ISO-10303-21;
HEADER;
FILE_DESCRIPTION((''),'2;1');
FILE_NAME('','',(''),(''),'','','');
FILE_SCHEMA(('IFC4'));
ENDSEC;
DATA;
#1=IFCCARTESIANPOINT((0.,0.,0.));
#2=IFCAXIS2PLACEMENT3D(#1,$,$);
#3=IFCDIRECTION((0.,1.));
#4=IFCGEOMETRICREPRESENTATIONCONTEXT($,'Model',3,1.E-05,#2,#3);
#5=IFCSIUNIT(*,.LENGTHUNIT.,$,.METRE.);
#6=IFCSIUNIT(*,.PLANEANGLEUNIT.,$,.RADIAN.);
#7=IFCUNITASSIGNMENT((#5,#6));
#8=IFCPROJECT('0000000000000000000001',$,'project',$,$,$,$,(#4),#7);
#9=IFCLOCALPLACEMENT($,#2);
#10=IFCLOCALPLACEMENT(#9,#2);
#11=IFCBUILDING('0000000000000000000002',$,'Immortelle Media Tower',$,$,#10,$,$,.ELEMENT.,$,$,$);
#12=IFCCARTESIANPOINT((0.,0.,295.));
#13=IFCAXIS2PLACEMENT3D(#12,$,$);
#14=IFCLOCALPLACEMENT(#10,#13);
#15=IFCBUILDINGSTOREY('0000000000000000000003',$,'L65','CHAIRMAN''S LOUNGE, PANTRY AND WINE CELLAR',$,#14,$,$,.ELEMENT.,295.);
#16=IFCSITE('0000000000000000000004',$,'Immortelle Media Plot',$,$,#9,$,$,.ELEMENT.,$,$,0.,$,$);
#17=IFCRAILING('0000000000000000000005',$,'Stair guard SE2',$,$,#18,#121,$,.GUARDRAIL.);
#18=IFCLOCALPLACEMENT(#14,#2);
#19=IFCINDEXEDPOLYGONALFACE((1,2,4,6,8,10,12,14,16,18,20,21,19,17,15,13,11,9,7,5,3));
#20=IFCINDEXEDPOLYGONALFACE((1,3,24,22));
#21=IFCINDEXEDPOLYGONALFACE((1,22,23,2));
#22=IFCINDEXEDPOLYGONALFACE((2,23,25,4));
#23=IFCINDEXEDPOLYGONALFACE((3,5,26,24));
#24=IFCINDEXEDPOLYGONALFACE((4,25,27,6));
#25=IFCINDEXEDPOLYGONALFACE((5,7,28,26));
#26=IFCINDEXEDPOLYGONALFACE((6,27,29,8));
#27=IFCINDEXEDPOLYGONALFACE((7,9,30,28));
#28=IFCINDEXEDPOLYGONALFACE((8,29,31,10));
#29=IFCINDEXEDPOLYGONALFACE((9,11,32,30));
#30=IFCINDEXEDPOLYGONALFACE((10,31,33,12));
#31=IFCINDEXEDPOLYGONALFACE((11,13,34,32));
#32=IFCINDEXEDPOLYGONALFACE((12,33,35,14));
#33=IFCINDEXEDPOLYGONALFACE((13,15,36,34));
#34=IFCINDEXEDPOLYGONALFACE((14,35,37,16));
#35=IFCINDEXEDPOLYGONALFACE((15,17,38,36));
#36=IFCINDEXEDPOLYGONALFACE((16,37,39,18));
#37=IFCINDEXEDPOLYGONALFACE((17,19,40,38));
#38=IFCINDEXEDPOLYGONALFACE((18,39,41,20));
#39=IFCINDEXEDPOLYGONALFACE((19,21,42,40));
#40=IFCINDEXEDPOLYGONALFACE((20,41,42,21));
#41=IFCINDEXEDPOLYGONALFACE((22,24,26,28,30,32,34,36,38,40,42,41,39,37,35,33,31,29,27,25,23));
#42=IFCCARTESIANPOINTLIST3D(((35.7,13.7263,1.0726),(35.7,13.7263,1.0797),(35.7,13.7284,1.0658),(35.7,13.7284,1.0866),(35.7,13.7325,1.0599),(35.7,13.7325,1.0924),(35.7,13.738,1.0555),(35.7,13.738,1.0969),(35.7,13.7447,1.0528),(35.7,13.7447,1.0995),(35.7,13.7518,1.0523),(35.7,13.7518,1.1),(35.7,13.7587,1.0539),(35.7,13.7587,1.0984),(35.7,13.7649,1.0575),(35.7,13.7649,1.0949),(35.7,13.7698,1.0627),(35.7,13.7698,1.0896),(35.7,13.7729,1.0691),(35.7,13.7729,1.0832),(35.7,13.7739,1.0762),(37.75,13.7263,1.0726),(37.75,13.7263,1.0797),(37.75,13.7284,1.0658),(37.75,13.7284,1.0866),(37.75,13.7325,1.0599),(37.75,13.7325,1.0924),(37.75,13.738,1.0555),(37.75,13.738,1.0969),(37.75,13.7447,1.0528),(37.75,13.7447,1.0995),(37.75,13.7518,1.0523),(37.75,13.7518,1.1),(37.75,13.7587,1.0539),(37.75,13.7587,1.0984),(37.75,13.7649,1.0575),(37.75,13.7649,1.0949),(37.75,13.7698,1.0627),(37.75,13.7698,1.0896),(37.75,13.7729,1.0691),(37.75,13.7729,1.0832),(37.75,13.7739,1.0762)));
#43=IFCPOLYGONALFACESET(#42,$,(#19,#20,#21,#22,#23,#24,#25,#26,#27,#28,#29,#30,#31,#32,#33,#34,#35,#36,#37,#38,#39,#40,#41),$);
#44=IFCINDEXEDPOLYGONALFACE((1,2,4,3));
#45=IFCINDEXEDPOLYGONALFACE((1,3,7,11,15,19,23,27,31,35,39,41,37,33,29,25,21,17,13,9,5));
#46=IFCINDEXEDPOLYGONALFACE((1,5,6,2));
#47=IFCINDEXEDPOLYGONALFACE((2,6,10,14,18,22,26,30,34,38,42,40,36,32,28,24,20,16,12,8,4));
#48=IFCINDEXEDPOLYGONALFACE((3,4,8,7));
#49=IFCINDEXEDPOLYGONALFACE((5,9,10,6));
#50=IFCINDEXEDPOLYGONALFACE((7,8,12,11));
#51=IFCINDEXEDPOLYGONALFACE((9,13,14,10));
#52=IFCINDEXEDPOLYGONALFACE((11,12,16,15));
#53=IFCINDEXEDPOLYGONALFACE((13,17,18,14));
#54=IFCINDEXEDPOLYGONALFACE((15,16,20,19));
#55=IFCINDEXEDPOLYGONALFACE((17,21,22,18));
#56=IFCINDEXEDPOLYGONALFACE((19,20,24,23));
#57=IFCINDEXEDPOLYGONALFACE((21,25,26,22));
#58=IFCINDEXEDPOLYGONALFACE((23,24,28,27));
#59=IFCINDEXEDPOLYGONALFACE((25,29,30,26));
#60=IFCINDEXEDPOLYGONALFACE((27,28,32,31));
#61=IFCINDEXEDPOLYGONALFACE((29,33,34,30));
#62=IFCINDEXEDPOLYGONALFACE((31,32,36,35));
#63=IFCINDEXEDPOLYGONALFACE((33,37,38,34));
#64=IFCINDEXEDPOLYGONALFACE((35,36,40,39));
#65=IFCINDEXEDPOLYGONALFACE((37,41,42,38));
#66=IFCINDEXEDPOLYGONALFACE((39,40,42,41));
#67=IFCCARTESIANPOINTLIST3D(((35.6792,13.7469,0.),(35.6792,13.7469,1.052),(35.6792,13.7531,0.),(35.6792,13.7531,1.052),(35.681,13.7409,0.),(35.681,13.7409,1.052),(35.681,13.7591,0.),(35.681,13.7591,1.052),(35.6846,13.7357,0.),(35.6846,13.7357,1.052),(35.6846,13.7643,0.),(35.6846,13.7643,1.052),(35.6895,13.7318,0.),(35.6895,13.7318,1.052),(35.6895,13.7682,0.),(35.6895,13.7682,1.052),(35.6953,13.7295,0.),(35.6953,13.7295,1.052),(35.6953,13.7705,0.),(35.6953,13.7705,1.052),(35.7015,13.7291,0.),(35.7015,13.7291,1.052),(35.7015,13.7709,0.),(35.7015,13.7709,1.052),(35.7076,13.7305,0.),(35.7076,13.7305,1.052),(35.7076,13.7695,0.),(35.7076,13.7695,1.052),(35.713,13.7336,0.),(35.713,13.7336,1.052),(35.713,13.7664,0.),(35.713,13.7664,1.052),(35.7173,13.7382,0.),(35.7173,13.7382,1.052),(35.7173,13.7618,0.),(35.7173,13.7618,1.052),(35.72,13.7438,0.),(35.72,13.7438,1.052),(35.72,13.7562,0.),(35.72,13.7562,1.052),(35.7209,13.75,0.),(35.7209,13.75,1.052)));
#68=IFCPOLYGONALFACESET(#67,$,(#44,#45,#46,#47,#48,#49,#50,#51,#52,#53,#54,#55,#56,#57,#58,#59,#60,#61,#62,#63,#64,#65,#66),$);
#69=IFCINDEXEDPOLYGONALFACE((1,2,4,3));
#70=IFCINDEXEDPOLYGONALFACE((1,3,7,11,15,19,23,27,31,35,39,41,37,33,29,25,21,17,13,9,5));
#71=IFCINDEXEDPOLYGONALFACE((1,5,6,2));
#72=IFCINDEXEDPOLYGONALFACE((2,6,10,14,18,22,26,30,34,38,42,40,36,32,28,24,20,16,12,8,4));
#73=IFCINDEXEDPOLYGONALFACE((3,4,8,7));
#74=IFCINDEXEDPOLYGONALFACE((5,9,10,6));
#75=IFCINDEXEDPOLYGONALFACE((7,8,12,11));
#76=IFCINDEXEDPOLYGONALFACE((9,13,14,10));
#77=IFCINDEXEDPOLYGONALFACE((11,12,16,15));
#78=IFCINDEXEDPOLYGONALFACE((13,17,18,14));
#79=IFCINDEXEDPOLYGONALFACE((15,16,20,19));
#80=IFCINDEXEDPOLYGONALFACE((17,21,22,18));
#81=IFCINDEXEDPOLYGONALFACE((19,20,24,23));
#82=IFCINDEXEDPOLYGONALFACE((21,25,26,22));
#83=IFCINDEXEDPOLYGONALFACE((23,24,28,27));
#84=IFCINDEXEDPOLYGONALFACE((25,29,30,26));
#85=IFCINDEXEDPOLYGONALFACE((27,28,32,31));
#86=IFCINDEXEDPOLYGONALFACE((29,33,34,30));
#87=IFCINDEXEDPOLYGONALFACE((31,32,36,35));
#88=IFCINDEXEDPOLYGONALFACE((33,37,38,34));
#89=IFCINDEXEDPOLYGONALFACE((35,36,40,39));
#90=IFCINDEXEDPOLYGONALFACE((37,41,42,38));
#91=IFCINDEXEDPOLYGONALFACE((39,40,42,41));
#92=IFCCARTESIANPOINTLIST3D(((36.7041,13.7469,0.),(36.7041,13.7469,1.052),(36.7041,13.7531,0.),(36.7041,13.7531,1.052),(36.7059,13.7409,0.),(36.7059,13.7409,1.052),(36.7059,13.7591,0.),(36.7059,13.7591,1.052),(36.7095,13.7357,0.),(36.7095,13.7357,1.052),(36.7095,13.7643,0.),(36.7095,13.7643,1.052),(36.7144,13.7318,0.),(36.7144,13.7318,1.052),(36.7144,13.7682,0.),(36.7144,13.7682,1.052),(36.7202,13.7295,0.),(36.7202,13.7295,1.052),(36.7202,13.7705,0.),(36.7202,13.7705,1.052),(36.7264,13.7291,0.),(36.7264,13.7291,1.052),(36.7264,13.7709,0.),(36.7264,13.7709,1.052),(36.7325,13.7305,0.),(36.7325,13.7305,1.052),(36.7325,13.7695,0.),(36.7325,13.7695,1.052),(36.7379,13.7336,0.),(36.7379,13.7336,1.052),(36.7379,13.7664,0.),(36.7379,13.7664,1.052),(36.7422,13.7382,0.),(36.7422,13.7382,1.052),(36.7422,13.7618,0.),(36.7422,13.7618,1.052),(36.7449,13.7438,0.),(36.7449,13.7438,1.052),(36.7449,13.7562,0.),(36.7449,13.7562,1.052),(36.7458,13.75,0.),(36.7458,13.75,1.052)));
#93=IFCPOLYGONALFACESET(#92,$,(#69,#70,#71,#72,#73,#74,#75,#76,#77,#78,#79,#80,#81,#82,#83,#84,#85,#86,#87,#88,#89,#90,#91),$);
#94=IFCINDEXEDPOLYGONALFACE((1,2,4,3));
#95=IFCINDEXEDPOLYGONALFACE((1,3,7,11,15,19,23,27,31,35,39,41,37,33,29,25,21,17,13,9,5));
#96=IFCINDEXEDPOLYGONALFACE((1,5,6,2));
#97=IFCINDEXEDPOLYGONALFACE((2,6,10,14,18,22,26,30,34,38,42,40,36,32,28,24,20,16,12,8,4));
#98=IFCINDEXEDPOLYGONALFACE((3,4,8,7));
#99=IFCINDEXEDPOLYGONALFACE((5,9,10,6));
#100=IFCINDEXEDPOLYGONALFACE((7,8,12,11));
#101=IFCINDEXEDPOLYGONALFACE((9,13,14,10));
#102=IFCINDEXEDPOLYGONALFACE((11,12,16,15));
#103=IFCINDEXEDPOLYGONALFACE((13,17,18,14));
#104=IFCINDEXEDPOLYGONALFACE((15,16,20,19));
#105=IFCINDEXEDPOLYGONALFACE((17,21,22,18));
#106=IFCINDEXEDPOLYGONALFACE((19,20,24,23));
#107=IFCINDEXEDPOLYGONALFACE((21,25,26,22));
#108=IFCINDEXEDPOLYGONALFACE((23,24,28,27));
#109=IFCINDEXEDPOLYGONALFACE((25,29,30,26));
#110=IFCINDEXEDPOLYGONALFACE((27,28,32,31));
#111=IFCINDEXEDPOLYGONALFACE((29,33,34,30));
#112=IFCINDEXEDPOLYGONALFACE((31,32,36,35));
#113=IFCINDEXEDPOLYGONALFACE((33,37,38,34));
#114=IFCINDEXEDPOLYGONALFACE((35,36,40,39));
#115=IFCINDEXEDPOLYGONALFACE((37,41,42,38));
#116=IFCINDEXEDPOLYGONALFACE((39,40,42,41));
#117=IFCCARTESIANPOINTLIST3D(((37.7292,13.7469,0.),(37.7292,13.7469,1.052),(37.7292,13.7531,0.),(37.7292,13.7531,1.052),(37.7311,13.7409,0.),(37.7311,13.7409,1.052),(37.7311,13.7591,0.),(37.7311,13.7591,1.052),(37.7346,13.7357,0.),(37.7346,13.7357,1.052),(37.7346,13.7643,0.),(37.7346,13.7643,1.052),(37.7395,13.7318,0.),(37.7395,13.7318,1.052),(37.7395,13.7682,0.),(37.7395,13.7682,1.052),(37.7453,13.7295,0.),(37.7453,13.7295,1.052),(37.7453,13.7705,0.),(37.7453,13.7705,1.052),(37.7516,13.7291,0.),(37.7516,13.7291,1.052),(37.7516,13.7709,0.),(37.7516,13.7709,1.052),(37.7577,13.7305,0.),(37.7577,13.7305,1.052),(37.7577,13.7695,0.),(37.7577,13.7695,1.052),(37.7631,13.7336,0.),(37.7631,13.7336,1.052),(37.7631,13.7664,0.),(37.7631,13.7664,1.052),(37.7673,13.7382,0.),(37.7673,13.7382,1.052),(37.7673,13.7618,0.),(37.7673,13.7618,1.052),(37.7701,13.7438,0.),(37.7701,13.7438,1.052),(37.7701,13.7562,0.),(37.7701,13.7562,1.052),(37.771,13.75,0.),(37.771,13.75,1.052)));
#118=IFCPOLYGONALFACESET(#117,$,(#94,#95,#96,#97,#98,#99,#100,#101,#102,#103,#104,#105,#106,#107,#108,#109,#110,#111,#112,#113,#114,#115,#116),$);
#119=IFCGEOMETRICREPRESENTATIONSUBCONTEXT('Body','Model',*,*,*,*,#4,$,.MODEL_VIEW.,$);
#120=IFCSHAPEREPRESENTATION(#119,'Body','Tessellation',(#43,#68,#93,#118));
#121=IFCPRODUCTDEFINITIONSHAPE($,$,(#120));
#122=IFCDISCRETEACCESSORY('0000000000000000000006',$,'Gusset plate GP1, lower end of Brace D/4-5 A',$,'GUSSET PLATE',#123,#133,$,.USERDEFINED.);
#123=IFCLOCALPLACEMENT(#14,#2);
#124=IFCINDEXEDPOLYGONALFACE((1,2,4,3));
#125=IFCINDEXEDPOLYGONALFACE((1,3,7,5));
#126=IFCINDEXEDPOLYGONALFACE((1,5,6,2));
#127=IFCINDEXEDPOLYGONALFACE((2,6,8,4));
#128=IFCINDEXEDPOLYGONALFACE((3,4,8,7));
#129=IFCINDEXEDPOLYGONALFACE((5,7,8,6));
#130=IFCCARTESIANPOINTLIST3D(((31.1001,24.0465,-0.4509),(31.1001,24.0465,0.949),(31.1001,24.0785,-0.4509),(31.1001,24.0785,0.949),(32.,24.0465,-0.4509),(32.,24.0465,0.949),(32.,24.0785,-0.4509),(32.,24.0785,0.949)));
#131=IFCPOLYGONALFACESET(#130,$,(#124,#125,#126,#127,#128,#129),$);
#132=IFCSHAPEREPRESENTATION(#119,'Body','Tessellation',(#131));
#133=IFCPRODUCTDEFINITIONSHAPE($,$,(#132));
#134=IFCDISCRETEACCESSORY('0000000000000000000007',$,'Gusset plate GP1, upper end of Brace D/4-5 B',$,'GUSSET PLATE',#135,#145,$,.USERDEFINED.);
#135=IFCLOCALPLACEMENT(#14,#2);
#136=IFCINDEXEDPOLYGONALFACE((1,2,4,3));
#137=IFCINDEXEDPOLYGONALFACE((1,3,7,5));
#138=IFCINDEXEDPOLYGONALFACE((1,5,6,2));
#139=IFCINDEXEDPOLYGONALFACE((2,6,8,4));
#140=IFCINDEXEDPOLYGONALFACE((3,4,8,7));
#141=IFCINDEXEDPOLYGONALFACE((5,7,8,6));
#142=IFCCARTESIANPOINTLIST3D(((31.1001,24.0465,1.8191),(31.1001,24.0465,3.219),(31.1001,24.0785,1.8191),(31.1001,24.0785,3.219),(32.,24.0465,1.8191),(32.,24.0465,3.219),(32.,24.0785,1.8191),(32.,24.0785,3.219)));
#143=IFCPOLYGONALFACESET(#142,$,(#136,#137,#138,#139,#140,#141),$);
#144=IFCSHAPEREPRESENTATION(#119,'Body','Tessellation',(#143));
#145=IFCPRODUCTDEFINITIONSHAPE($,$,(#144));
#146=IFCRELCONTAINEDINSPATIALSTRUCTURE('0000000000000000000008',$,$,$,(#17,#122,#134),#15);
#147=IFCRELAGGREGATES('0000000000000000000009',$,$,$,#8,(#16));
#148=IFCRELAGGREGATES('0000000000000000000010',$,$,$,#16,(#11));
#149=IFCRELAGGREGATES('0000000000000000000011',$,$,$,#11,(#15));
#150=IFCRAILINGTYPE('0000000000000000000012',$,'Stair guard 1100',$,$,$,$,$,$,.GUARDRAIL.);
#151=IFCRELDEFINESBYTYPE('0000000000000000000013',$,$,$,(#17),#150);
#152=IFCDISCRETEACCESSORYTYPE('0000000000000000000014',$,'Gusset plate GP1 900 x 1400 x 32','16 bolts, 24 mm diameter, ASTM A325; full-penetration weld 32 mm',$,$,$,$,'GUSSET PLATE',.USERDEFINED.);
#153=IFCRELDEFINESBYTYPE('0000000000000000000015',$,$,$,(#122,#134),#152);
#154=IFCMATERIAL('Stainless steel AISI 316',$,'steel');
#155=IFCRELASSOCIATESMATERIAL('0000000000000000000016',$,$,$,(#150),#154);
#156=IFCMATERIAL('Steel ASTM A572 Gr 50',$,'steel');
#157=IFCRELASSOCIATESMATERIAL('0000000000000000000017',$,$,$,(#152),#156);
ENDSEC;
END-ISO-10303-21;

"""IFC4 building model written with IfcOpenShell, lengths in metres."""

from ifc_helpers import new_model, si_unit, direction, frame, origin, origin_2d, place, context, subcontext, project, spatial, rectangle, circle, extrude, material, material_profile, profile_set, type_object, element, save


model = new_model("IFC4")

# Units and contexts
model_context = context("Model", 3, precision=1e-05, world=origin(), true_north=direction((0.0, 1.0)))
body_context = subcontext(model_context, "Body", "Model", "MODEL_VIEW")
ifc_project = project(units=[si_unit("LENGTHUNIT", "METRE"), si_unit("PLANEANGLEUNIT", "RADIAN")], contexts=[model_context])

# Site, building, storey
site_placement = place(None, origin())
site = spatial("IfcSite", under=ifc_project, at=site_placement, Name="Immortelle Media Plot", CompositionType="ELEMENT", RefElevation=0.0)
building_placement = place(site_placement, origin())
building = spatial("IfcBuilding", under=site, at=building_placement, Name="Immortelle Media Tower", CompositionType="ELEMENT")
storey_placement = place(building_placement, frame((0.0, 0.0, 295.0)))
storey = spatial("IfcBuildingStorey", under=building, at=storey_placement, Name="L65", Description="CHAIRMAN'S LOUNGE, PANTRY AND WINE CELLAR", CompositionType="ELEMENT", Elevation=295.0)

# Railing
ifc_material_1 = material(Name="Stainless steel AISI 316", Category="steel")
railing_type_1 = type_object("IfcRailingType", Name="Stair guard 1100", PredefinedType="GUARDRAIL", material=ifc_material_1)
railing_1_placement = place(storey_placement, frame((35.7, 13.75, 0.0)))
element("IfcRailing", 1, at=railing_1_placement, inside=storey, type_object=railing_type_1, Name="Stair guard SE2", PredefinedType="GUARDRAIL", context=body_context, shape_type="SweptSolid", body=[
    extrude(circle(Radius=0.0239, at=origin_2d()), frame((0.0, 0.0, 1.0762), z_axis=(1.0, 0.0, 0.0), x_axis=(0.0, 1.0, 0.0)), (0.0, 0.0, 1.0), 2.05),
    extrude(circle(Radius=0.021, at=origin_2d()), origin(), (0.0, 0.0, 1.0), 1.052),
    extrude(circle(Radius=0.021, at=origin_2d()), frame((1.0249, 0.0, 0.0)), (0.0, 0.0, 1.0), 1.052),
    extrude(circle(Radius=0.021, at=origin_2d()), frame((2.05, 0.0, 0.0)), (0.0, 0.0, 1.0), 1.052),
])

# Discrete accessories
ifc_material_2 = material(Name="Steel ASTM A572 Gr 50", Category="steel")
ifc_material_profile_1 = material_profile(ifc_material_2, rectangle(XDim=0.032, YDim=1.3999, at=origin_2d()), Name="PL 32 x 1400")
ifc_profile_set_1 = profile_set([ifc_material_profile_1], Name="Steel ASTM A572 Gr 50")
discrete_accessory_type = type_object("IfcDiscreteAccessoryType", Name="Gusset plate GP1 900 x 1400 x 32", Description="16 bolts, 24 mm diameter, ASTM A325; full-penetration weld 32 mm", ElementType="GUSSET PLATE", PredefinedType="USERDEFINED", material=ifc_profile_set_1)
for number, where, z_axis, x_axis, name in (
    (2, (32.0, 24.0625, 0.249), (-1.0, 0.0, 0.0), (0.0, -1.0, 0.0), "Gusset plate GP1, lower end of Brace D/4-5 A"),
    (3, (32.0, 24.0625, 2.519), (-1.0, 0.0, 0.0), (0.0, -1.0, 0.0), "Gusset plate GP1, upper end of Brace D/4-5 B"),
):
    element("IfcDiscreteAccessory", number, at=place(storey_placement, frame(where, z_axis=z_axis, x_axis=x_axis)), inside=storey, type_object=discrete_accessory_type, Name=name, ObjectType="GUSSET PLATE", PredefinedType="USERDEFINED", context=body_context, shape_type="SweptSolid", body=[
        extrude(rectangle(XDim=0.032, YDim=1.3999, at=origin_2d()), origin(), (0.0, 0.0, 1.0), 0.8999),
    ])

save(model, "model.ifc")
